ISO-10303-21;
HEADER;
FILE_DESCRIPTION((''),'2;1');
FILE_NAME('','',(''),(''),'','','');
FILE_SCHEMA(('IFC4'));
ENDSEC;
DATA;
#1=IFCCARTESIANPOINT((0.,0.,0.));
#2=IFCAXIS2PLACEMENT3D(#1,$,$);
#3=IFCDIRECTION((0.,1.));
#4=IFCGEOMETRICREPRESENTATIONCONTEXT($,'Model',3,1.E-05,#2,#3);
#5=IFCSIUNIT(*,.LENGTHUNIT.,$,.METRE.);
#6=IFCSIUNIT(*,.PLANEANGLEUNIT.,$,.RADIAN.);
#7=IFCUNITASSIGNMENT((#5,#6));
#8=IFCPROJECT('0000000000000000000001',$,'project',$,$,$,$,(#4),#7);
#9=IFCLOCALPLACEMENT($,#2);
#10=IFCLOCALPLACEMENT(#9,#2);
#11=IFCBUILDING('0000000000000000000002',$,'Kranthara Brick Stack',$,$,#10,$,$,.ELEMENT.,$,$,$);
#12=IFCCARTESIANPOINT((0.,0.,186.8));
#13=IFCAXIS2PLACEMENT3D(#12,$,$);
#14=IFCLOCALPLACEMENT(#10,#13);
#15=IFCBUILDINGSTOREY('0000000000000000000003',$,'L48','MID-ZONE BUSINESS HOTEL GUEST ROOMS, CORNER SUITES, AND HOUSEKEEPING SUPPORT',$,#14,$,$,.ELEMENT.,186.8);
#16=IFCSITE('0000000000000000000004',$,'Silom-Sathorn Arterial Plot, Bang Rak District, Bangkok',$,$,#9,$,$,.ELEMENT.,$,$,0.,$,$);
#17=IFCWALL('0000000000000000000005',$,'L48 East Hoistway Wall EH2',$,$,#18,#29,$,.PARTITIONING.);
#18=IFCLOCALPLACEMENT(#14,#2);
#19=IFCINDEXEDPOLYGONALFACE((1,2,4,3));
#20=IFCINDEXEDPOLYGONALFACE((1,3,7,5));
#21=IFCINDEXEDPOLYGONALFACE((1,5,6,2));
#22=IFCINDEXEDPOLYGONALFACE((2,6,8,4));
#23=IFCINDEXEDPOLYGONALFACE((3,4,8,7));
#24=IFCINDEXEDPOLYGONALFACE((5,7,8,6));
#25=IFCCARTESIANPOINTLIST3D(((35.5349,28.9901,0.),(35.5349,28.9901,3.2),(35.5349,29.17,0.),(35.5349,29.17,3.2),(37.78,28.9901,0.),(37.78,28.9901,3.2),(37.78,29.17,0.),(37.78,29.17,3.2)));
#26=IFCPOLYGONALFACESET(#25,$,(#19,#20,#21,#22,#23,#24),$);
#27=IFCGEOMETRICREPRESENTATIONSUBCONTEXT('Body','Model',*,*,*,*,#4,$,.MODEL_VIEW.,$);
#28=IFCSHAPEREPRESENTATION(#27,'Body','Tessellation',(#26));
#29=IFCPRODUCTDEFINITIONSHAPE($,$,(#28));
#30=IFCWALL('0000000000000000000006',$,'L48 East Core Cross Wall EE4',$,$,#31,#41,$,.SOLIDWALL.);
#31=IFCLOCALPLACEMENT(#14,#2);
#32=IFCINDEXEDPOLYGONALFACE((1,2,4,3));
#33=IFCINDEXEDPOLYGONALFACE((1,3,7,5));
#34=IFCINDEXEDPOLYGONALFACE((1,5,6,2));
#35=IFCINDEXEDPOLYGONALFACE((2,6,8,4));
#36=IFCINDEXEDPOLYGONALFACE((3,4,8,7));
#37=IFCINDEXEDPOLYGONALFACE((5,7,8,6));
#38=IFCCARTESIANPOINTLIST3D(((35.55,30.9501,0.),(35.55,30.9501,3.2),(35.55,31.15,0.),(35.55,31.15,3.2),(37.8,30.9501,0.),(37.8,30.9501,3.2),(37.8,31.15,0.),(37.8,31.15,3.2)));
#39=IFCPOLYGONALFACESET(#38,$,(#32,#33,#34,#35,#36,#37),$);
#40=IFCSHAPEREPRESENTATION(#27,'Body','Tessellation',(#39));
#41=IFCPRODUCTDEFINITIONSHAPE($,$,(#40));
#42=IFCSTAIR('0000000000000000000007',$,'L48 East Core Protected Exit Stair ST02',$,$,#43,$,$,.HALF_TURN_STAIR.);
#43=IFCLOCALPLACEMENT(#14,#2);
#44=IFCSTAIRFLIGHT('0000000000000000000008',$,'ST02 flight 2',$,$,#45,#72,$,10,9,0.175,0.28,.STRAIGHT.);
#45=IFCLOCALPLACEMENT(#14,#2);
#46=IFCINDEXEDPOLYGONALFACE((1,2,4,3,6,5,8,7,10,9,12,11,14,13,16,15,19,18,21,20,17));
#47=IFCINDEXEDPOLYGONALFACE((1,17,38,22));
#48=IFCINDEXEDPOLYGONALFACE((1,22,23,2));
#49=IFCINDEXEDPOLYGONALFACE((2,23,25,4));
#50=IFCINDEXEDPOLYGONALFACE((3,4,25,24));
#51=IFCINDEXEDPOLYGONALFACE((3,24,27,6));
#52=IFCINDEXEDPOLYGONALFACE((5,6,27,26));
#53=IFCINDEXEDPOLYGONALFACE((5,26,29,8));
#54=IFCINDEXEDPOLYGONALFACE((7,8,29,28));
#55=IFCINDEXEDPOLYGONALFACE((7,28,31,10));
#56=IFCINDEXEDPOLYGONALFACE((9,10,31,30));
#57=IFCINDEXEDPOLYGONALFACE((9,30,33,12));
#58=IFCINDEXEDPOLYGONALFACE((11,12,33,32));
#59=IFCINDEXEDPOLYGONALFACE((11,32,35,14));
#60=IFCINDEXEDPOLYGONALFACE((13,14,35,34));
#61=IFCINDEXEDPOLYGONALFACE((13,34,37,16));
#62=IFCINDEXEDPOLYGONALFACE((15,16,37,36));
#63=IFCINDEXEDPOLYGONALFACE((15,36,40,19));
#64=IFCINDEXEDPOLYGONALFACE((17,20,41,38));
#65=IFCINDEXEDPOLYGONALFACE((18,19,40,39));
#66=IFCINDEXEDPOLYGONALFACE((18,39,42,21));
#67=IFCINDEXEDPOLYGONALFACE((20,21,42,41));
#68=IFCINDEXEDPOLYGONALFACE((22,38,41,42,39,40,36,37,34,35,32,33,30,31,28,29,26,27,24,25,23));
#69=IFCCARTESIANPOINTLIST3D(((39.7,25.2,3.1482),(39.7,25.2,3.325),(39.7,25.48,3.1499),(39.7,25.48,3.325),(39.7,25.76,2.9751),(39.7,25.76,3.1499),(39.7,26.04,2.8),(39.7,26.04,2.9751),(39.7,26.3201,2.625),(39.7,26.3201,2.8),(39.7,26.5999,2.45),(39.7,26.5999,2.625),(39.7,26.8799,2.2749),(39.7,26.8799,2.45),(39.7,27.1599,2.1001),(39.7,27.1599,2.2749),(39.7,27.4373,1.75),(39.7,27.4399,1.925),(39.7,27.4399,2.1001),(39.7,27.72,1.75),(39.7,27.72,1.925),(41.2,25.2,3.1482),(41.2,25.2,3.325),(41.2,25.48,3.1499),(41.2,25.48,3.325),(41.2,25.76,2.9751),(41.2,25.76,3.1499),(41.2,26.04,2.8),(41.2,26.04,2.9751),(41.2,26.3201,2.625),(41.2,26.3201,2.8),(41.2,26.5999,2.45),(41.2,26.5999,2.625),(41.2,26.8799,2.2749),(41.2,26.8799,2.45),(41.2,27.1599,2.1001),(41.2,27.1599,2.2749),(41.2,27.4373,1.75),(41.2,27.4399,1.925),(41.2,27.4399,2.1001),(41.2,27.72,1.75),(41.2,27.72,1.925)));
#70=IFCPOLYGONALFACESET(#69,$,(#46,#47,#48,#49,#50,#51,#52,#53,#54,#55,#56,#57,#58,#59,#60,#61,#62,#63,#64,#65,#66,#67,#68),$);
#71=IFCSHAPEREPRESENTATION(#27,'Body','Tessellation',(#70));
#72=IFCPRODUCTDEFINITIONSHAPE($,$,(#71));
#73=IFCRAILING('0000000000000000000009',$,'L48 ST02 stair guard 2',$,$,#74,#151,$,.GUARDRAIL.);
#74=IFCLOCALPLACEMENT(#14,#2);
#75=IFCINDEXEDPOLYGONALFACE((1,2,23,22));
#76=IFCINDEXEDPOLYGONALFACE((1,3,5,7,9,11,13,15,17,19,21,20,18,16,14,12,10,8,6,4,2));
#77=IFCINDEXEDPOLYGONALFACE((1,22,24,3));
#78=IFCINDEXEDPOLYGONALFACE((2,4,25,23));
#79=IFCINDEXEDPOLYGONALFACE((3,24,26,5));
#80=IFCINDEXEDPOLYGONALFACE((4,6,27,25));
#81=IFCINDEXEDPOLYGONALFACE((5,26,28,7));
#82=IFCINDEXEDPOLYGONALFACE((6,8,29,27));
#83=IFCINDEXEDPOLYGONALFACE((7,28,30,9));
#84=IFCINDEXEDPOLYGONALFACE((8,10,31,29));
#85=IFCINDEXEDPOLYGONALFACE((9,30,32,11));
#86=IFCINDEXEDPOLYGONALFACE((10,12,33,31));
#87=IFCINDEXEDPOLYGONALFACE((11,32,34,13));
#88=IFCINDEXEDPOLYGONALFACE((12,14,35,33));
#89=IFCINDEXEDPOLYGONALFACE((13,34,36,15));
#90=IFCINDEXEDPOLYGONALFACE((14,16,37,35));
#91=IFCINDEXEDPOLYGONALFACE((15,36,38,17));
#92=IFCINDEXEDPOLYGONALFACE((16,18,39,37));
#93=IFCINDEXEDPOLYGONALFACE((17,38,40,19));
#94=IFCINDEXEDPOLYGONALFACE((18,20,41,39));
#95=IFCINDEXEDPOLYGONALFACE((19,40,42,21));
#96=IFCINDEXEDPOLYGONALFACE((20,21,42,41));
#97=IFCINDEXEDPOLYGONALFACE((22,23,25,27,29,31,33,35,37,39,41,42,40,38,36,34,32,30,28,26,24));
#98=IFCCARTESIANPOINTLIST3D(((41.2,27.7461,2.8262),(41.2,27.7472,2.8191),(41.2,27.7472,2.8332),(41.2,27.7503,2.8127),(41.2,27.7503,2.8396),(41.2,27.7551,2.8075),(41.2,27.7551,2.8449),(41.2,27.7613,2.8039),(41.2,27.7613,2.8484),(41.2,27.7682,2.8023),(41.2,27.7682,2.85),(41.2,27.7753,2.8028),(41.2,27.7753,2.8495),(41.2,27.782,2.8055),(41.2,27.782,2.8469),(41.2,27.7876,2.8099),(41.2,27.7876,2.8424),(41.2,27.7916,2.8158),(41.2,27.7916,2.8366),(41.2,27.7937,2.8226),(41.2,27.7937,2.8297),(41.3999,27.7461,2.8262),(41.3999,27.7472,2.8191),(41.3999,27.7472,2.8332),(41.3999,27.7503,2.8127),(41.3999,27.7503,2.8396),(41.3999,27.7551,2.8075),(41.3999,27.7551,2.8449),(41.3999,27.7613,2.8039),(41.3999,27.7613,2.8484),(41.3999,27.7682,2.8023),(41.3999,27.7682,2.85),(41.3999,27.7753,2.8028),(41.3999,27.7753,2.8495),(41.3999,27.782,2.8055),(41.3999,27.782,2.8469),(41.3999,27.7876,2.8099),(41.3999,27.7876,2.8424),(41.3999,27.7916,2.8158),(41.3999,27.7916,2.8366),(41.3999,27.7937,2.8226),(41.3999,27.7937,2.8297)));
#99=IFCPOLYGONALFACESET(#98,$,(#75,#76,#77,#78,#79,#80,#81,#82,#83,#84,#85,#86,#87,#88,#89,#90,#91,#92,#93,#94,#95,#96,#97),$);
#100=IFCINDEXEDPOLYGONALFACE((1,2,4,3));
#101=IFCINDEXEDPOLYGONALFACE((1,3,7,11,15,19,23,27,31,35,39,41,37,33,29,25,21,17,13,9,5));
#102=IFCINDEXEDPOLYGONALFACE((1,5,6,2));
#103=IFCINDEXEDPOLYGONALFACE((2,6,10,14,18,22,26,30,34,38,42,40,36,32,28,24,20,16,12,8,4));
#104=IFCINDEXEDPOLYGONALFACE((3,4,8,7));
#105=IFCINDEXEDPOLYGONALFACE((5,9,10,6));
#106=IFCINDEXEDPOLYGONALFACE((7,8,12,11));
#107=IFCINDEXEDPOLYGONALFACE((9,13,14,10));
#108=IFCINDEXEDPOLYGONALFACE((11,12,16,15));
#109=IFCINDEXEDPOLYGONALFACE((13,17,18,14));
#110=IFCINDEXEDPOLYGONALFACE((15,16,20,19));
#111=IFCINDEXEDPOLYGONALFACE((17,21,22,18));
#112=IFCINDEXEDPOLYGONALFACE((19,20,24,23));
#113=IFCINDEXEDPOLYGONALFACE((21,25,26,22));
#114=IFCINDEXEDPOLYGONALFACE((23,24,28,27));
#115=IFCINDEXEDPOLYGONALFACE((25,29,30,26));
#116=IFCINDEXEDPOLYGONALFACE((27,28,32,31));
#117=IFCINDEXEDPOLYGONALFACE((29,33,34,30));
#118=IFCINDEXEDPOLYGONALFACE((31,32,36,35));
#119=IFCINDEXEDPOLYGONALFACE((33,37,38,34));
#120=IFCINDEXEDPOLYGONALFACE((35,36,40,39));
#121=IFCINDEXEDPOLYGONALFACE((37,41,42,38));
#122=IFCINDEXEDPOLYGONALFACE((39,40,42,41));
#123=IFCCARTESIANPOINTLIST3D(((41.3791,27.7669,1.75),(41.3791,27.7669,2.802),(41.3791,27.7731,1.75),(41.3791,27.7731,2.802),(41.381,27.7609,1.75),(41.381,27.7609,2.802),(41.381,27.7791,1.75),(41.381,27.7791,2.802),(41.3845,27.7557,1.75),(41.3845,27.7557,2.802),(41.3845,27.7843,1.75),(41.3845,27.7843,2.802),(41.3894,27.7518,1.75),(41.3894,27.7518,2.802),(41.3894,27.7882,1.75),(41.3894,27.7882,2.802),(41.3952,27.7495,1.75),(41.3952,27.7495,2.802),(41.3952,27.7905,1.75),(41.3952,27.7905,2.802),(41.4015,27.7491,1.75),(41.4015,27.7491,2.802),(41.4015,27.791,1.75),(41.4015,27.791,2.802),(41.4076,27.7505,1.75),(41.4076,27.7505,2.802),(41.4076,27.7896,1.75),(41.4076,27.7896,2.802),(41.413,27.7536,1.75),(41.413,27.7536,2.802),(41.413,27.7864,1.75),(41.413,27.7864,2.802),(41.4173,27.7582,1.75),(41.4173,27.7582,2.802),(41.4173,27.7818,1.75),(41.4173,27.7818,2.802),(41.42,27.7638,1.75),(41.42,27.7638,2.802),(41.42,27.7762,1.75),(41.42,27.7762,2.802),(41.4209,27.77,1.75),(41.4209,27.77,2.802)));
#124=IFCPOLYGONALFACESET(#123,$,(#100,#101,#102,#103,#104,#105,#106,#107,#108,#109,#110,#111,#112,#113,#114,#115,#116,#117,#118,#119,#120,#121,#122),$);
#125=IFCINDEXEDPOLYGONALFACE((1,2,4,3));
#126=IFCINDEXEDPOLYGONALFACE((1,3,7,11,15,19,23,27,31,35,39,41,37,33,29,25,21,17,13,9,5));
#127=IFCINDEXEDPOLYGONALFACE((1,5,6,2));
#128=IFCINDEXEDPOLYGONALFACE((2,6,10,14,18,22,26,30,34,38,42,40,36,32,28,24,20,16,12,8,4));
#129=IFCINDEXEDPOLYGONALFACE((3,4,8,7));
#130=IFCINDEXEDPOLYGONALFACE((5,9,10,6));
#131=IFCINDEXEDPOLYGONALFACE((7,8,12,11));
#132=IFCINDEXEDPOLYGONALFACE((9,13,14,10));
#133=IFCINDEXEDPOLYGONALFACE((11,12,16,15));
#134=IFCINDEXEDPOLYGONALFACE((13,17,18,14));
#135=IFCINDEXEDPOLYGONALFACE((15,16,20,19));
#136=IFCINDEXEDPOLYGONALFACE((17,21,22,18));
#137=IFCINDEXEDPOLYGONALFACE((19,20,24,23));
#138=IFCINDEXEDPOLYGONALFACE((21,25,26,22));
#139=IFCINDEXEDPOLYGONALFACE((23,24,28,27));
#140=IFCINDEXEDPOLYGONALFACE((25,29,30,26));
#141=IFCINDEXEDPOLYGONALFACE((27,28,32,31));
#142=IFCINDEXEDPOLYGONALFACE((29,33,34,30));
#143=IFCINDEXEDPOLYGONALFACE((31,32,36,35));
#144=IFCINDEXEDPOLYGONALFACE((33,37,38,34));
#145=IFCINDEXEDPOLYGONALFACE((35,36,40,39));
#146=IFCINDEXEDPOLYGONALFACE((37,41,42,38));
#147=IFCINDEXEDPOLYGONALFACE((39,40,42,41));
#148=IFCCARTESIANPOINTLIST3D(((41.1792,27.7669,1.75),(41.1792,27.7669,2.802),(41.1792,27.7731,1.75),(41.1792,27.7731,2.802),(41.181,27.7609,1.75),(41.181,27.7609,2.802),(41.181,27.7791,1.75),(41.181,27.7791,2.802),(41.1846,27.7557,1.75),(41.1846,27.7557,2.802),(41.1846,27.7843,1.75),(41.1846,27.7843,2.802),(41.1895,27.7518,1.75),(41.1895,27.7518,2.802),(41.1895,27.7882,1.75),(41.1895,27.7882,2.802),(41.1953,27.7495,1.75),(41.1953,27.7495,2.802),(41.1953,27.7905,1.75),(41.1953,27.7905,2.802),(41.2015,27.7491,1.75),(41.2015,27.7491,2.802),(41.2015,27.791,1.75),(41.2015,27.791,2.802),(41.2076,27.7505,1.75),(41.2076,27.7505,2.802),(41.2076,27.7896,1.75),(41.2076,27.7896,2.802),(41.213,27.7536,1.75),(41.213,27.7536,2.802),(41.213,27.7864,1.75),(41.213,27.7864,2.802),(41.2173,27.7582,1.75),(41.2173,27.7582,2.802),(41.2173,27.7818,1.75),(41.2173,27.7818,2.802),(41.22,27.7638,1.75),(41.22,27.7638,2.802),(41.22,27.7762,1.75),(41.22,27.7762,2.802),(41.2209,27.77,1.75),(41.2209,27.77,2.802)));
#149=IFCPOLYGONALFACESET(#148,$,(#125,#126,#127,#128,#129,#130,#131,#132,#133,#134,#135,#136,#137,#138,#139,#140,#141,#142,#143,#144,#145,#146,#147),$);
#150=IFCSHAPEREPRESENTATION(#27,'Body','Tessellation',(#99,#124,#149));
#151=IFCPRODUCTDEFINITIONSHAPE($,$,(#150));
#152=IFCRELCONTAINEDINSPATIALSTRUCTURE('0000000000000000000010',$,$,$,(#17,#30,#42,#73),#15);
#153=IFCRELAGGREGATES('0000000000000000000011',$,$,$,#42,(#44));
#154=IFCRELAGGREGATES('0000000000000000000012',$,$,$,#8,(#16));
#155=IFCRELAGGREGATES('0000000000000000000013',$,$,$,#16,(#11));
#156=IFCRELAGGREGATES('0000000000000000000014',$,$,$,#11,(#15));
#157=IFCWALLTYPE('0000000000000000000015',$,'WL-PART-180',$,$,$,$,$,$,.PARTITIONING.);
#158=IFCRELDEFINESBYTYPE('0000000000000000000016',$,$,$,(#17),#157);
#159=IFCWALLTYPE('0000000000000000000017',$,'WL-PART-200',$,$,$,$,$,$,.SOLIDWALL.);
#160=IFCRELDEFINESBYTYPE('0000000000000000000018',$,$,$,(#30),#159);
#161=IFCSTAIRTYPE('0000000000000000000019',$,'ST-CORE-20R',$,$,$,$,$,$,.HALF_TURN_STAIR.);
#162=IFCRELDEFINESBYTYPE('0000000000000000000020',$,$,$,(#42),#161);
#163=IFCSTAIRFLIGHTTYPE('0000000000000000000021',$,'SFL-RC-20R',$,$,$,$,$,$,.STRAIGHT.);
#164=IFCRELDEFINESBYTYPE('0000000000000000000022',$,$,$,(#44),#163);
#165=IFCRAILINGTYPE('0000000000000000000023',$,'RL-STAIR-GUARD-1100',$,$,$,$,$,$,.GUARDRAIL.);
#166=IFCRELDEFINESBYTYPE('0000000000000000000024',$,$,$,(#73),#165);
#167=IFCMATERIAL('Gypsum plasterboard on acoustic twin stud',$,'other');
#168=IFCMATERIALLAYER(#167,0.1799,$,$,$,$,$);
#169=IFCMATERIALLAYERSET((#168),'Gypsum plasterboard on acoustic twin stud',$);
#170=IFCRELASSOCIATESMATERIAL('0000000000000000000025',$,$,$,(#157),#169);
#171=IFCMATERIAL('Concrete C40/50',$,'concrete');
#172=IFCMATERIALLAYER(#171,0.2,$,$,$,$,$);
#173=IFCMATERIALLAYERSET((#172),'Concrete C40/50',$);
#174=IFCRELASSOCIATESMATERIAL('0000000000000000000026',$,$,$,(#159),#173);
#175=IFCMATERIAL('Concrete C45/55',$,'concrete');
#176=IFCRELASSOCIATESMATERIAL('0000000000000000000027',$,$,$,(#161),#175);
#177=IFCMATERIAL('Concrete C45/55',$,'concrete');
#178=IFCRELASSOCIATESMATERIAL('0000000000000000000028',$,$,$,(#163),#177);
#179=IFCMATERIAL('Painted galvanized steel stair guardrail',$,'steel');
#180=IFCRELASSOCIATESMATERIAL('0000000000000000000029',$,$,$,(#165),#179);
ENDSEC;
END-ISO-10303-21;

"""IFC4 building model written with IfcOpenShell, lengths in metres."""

from ifc_helpers import new_model, si_unit, direction, frame, frame_2d, origin, origin_2d, place, context, subcontext, project, spatial, polyline, rectangle, circle, outline, extrude, material, layer, layer_set, type_object, element, aggregate, save


model = new_model("IFC4")

# Units and contexts
model_context = context("Model", 3, precision=1e-05, world=origin(), true_north=direction((0.0, 1.0)))
body_context = subcontext(model_context, "Body", "Model", "MODEL_VIEW")
ifc_project = project(units=[si_unit("LENGTHUNIT", "METRE"), si_unit("PLANEANGLEUNIT", "RADIAN")], contexts=[model_context])

# Site, building, storey
site_placement = place(None, origin())
site = spatial("IfcSite", under=ifc_project, at=site_placement, Name="Silom-Sathorn Arterial Plot, Bang Rak District, Bangkok", CompositionType="ELEMENT", RefElevation=0.0)
building_placement = place(site_placement, origin())
building = spatial("IfcBuilding", under=site, at=building_placement, Name="Kranthara Brick Stack", CompositionType="ELEMENT")
storey_placement = place(building_placement, frame((0.0, 0.0, 186.8)))
storey = spatial("IfcBuildingStorey", under=building, at=storey_placement, Name="L48", Description="MID-ZONE BUSINESS HOTEL GUEST ROOMS, CORNER SUITES, AND HOUSEKEEPING SUPPORT", CompositionType="ELEMENT", Elevation=186.8)

# Walls
ifc_material_1 = material(Name="Gypsum plasterboard on acoustic twin stud", Category="other")
ifc_layer_1 = layer(ifc_material_1, 0.1799)
ifc_layer_set_1 = layer_set([ifc_layer_1], Name="Gypsum plasterboard on acoustic twin stud")
wall_type_1 = type_object("IfcWallType", Name="WL-PART-180", PredefinedType="PARTITIONING", material=ifc_layer_set_1)
for number, where, z_axis, x_axis, name in (
    (1, (35.5349, 29.0801, 0.0), (0.0, 0.0, 1.0), (1.0, 0.0, 0.0), "L48 East Hoistway Wall EH2"),
):
    element("IfcWall", number, at=place(storey_placement, frame(where, z_axis=z_axis, x_axis=x_axis)), inside=storey, type_object=wall_type_1, Name=name, PredefinedType="PARTITIONING", context=body_context, shape_type="SweptSolid", body=[
        extrude(rectangle(XDim=2.2451, YDim=0.1799, at=frame_2d((1.1226, 0.0))), origin(), (0.0, 0.0, 1.0), 3.2),
    ])
ifc_material_2 = material(Name="Concrete C40/50", Category="concrete")
ifc_layer_2 = layer(ifc_material_2, 0.2)
ifc_layer_set_2 = layer_set([ifc_layer_2], Name="Concrete C40/50")
wall_type_2 = type_object("IfcWallType", Name="WL-PART-200", PredefinedType="SOLIDWALL", material=ifc_layer_set_2)
wall_1_placement = place(storey_placement, frame((35.55, 31.05, 0.0), z_axis=(0.0, 0.0, 1.0), x_axis=(1.0, 0.0, 0.0)))
element("IfcWall", 2, at=wall_1_placement, inside=storey, type_object=wall_type_2, Name="L48 East Core Cross Wall EE4", PredefinedType="SOLIDWALL", context=body_context, shape_type="SweptSolid", body=[
    extrude(rectangle(XDim=2.25, YDim=0.2, at=frame_2d((1.125, 0.0))), origin(), (0.0, 0.0, 1.0), 3.2),
])

# Stair, stair flight
ifc_material_3 = material(Name="Concrete C45/55", Category="concrete")
stair_type = type_object("IfcStairType", Name="ST-CORE-20R", PredefinedType="HALF_TURN_STAIR", material=ifc_material_3)
stair_placement = place(storey_placement, origin())
stair = element("IfcStair", 3, at=stair_placement, inside=storey, type_object=stair_type, Name="L48 East Core Protected Exit Stair ST02", PredefinedType="HALF_TURN_STAIR")
ifc_material_4 = material(Name="Concrete C45/55", Category="concrete")
stair_flight_type = type_object("IfcStairFlightType", Name="SFL-RC-20R", PredefinedType="STRAIGHT", material=ifc_material_4)
stair_flight_placement = place(storey_placement, frame((40.45, 27.72, 1.75), z_axis=(0.0, 0.0, 1.0), x_axis=(0.0, -1.0, 0.0)))
stair_flight = element("IfcStairFlight", 4, at=stair_flight_placement, type_object=stair_flight_type, Name="ST02 flight 2", NumberOfRisers=10, NumberOfTreads=9, PredefinedType="STRAIGHT", RiserHeight=0.175, TreadLength=0.28, context=body_context, shape_type="SweptSolid", body=[
    extrude(outline(polyline([(0.0, 0.0), (0.0, 0.175), (0.28, 0.175), (0.28, 0.3501), (0.5601, 0.3501), (0.5601, 0.5249), (0.8401, 0.5249), (0.8401, 0.7), (1.1201, 0.7), (1.1201, 0.875), (1.3999, 0.875), (1.3999, 1.05), (1.6799, 1.05), (1.6799, 1.2251), (1.96, 1.2251), (1.96, 1.3999), (2.24, 1.3999), (2.24, 1.575), (2.52, 1.575), (2.52, 1.75), (2.52, 1.3982), (0.2827, 0.0), (0.0, 0.0)])), frame((0.0, 0.75, 0.0), z_axis=(0.0, -1.0, 0.0), x_axis=(1.0, 0.0, 0.0)), (0.0, 0.0, 1.0), 1.5),
])
aggregate(stair, [stair_flight])

# Railing
ifc_material_5 = material(Name="Painted galvanized steel stair guardrail", Category="steel")
railing_type_1 = type_object("IfcRailingType", Name="RL-STAIR-GUARD-1100", PredefinedType="GUARDRAIL", material=ifc_material_5)
railing_1_placement = place(storey_placement, frame((41.3999, 27.77, 1.75)))
element("IfcRailing", 5, at=railing_1_placement, inside=storey, type_object=railing_type_1, Name="L48 ST02 stair guard 2", PredefinedType="GUARDRAIL", context=body_context, shape_type="SweptSolid", body=[
    extrude(circle(Radius=0.0239, at=origin_2d()), frame((0.0, 0.0, 1.0762), z_axis=(-1.0, 0.0, 0.0), x_axis=(0.0, -1.0, 0.0)), (0.0, 0.0, 1.0), 0.2),
    extrude(circle(Radius=0.021, at=origin_2d()), origin(), (0.0, 0.0, 1.0), 1.052),
    extrude(circle(Radius=0.021, at=origin_2d()), frame((-0.2, 0.0, 0.0)), (0.0, 0.0, 1.0), 1.052),
])

save(model, "model.ifc")
